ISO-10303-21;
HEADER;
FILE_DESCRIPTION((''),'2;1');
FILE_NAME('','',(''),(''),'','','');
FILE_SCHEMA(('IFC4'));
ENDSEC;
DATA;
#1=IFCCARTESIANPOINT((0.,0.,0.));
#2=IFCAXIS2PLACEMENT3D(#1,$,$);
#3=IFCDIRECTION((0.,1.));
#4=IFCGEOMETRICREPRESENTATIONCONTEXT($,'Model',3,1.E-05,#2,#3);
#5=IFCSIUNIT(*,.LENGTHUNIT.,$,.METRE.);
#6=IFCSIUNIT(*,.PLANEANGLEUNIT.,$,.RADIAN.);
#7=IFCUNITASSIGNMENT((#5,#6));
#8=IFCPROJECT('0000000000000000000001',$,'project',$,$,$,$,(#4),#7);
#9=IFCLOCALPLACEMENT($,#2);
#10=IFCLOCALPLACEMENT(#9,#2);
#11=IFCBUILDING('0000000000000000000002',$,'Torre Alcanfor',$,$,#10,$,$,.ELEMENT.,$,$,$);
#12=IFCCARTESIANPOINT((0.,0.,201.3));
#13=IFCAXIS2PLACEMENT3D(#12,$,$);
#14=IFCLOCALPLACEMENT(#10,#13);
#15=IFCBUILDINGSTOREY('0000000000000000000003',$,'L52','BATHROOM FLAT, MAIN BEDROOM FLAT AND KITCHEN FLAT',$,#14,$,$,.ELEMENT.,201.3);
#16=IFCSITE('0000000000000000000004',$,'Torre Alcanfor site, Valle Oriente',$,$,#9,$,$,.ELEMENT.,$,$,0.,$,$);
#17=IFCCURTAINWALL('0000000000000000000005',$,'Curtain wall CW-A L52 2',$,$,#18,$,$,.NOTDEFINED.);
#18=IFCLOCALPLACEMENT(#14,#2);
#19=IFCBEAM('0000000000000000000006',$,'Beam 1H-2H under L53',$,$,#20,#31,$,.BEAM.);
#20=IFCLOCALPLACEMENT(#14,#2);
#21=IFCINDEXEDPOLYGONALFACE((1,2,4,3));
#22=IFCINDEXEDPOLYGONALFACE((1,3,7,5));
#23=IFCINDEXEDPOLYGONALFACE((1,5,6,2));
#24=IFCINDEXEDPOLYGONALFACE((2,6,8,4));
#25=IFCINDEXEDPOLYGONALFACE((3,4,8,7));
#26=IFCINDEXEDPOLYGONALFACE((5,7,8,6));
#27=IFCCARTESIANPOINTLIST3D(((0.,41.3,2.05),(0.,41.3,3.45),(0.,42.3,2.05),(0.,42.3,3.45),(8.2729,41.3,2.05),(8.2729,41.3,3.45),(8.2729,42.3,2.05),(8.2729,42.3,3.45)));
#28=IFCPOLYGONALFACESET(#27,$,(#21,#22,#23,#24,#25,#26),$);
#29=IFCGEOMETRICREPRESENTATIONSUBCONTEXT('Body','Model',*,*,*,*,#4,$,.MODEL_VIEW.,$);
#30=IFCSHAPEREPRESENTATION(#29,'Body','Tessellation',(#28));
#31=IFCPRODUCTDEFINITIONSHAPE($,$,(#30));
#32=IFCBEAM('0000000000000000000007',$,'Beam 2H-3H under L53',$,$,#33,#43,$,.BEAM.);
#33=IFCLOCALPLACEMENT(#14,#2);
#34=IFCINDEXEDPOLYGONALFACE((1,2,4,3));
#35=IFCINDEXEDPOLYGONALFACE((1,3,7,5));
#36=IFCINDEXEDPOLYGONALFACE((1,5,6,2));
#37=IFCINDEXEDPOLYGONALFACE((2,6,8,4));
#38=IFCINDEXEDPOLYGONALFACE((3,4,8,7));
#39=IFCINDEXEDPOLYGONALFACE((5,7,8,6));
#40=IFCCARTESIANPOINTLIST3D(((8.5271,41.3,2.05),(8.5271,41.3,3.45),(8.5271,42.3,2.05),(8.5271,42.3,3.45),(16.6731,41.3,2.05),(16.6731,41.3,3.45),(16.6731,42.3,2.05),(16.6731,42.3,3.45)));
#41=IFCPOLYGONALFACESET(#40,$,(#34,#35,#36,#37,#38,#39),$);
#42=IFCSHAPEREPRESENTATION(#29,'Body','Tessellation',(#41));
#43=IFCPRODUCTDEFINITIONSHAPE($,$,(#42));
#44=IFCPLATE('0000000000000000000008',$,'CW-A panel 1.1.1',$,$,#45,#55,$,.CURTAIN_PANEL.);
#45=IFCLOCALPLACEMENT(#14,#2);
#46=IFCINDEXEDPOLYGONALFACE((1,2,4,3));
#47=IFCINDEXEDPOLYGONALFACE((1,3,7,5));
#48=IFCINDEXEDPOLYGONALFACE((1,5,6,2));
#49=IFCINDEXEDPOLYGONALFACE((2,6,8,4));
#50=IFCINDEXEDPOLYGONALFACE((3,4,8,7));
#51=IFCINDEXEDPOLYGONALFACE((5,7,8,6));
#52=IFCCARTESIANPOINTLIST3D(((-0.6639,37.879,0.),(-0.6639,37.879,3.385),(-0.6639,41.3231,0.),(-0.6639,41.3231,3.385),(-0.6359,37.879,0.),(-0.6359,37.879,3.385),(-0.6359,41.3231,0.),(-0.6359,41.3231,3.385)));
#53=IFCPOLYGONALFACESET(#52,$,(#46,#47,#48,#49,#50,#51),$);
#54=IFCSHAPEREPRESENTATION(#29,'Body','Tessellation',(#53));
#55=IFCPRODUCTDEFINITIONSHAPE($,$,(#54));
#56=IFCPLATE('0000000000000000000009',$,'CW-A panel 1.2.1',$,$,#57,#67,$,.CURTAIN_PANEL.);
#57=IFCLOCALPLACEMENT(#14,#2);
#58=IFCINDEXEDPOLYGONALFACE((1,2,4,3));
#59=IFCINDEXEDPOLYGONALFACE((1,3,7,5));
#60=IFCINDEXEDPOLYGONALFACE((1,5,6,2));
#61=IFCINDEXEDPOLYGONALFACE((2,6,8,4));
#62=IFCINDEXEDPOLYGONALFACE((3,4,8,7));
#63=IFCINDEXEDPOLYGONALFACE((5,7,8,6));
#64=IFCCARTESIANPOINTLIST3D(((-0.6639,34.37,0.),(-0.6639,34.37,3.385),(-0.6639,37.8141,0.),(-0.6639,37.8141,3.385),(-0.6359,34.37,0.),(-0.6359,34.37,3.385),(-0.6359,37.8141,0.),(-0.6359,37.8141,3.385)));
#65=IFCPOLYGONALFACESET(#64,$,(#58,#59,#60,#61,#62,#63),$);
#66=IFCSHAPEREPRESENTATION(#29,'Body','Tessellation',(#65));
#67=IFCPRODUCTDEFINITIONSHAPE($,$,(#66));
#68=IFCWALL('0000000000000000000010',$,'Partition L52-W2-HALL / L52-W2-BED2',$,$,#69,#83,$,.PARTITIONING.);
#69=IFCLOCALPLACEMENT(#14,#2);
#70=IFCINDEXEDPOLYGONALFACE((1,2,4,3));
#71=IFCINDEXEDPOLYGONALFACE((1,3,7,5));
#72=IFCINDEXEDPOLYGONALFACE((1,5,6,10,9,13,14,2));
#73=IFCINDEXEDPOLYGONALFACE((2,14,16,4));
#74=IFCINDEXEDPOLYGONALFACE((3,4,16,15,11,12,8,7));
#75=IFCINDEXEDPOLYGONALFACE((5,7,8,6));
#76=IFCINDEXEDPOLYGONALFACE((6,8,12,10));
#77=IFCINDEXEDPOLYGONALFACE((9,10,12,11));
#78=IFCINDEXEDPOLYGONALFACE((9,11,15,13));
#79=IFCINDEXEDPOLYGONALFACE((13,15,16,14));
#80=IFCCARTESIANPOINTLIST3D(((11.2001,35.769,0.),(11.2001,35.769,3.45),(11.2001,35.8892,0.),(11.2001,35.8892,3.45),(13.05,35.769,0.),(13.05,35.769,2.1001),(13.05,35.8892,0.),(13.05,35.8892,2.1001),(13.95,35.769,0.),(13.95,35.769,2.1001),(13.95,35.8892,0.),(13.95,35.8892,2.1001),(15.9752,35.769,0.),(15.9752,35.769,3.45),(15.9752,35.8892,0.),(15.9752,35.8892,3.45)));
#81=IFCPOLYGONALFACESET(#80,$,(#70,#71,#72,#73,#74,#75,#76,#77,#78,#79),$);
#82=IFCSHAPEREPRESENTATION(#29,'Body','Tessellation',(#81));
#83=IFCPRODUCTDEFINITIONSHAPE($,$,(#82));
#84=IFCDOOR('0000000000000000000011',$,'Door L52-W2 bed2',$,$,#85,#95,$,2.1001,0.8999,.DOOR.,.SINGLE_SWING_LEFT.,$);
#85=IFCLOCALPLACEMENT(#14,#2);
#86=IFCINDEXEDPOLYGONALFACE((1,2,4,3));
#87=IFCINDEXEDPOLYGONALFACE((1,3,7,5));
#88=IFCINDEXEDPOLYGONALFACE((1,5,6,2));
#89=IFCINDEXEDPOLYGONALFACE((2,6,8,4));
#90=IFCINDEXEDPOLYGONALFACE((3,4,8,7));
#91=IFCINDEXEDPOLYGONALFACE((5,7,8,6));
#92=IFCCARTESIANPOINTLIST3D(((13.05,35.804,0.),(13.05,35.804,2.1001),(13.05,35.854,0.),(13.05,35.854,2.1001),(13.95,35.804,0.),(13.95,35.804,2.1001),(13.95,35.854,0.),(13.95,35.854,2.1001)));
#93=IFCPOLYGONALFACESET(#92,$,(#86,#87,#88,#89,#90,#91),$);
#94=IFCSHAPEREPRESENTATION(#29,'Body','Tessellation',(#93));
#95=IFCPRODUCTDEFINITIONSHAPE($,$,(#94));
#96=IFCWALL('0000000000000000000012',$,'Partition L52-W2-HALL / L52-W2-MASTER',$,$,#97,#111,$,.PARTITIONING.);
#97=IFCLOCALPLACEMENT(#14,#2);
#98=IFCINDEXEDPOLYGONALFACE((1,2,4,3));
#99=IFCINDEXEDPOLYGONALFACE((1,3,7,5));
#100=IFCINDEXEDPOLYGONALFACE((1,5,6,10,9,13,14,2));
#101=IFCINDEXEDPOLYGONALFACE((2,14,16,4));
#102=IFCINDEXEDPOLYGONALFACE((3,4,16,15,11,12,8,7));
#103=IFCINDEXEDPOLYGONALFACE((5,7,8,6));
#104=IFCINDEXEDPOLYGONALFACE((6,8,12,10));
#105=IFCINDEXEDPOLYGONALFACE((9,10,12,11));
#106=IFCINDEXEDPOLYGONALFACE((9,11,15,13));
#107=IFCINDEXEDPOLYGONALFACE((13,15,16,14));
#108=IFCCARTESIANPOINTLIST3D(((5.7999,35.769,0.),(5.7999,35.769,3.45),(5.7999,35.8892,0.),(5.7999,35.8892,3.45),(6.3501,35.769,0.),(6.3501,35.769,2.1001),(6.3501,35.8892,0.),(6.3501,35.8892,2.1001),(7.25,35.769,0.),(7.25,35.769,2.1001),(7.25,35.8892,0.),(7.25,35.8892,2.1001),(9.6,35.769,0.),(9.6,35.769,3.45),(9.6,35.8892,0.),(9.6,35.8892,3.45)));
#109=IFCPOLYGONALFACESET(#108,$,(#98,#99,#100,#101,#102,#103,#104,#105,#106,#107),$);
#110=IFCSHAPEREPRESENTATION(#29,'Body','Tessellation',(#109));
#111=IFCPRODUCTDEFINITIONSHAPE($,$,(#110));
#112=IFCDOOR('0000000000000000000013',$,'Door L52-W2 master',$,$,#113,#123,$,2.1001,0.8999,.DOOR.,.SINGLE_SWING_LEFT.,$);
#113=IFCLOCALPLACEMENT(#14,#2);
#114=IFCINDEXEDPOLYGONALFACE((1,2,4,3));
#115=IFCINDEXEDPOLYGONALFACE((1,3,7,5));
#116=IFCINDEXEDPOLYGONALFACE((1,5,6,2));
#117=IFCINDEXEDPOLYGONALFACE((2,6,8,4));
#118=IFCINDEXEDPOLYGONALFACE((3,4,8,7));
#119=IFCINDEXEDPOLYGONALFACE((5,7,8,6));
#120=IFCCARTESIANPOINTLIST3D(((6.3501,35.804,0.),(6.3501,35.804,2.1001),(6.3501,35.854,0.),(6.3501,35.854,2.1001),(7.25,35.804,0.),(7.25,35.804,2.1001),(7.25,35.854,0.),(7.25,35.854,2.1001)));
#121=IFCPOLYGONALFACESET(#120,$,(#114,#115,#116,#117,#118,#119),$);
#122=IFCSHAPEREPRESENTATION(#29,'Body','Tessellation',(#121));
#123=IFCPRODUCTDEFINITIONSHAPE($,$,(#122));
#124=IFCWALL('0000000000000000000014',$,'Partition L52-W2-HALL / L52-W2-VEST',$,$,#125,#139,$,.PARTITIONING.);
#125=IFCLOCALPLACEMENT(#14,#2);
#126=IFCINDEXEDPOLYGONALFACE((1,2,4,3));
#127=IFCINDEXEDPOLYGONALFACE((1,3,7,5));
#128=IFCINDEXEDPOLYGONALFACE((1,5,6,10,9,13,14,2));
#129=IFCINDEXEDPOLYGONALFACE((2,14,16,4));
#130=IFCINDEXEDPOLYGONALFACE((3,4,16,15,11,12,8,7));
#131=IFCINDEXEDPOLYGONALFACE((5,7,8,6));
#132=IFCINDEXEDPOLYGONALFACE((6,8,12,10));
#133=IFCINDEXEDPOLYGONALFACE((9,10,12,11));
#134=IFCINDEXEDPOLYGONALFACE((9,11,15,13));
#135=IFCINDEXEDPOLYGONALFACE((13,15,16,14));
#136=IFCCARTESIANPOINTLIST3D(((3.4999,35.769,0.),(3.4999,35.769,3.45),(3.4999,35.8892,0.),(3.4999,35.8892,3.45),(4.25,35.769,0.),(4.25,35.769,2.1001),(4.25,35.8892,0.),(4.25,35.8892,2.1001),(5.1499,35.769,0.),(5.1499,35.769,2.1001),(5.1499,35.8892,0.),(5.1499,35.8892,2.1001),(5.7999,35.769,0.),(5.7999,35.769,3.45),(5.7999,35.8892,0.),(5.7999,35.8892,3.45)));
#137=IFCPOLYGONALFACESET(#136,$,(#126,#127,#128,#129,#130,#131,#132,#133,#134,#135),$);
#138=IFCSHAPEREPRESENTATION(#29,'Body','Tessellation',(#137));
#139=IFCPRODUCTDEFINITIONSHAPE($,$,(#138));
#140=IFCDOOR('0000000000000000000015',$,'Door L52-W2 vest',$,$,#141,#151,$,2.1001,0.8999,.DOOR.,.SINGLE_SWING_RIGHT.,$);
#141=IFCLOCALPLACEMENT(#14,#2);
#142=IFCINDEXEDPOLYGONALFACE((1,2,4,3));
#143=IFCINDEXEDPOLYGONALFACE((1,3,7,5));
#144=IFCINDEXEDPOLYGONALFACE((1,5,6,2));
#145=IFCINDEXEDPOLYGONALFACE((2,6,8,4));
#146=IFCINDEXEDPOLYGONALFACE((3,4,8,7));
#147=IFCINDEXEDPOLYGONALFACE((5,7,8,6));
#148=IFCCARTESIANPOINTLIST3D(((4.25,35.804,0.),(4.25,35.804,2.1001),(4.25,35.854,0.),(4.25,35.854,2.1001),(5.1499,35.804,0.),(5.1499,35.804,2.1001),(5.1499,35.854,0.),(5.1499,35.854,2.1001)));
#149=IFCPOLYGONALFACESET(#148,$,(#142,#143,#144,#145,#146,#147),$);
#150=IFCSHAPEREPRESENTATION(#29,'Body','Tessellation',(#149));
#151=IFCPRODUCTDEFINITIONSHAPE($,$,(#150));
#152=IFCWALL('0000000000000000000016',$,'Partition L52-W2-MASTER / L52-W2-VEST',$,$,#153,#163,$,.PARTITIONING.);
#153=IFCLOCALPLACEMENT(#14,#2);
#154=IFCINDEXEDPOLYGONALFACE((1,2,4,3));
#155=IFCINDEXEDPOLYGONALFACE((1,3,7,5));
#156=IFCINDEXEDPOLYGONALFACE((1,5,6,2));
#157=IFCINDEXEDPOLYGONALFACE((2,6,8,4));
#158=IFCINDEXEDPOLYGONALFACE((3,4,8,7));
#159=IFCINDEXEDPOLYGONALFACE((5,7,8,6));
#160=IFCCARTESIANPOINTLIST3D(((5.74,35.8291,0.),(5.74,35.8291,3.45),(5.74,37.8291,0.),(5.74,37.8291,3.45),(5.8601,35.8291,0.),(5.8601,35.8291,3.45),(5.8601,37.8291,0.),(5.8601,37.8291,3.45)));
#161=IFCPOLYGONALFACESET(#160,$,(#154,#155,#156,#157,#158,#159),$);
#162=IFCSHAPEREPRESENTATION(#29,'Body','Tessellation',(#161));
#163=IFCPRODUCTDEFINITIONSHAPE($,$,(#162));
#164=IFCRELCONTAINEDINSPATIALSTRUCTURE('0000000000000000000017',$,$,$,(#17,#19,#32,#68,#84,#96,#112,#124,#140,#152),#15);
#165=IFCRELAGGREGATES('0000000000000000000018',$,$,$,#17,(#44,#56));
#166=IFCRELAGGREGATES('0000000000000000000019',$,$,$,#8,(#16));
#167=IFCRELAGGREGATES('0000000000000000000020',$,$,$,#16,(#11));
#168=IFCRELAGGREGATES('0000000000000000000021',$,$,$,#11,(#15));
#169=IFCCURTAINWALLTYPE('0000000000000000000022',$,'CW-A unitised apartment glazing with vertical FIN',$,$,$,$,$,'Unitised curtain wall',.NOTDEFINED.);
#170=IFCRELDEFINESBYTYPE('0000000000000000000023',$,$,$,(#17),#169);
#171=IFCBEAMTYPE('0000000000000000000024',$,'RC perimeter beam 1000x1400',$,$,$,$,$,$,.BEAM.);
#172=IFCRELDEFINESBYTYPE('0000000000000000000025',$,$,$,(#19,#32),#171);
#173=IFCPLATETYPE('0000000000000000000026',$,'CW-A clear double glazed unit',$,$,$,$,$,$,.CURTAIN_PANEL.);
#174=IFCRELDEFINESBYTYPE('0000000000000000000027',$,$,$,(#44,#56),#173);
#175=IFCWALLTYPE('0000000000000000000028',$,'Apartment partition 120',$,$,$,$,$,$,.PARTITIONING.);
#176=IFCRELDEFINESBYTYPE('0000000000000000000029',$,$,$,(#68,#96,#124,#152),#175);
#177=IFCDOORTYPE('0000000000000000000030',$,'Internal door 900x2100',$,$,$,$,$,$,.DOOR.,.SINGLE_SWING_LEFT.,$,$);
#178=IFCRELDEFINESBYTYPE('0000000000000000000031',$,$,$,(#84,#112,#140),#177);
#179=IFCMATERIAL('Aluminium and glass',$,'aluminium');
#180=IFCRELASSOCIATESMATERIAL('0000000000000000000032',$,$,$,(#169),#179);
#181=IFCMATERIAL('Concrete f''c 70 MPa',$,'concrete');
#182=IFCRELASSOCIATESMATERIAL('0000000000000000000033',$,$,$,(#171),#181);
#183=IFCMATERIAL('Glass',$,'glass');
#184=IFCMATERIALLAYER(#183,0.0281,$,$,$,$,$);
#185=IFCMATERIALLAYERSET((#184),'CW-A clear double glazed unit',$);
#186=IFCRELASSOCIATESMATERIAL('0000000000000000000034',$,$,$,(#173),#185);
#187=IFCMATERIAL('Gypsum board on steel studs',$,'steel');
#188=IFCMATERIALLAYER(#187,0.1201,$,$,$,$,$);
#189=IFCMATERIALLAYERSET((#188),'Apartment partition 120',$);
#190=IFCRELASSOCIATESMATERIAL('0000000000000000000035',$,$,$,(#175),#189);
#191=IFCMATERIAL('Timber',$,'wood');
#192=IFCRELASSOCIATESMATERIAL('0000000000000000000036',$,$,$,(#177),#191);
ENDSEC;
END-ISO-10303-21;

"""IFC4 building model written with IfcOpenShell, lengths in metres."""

from ifc_helpers import new_model, si_unit, direction, frame, frame_2d, origin, origin_2d, place, context, subcontext, project, spatial, rectangle, extrude, material, layer, layer_set, material_profile, profile_set, type_object, element, fill, aggregate, save


model = new_model("IFC4")

# Units and contexts
model_context = context("Model", 3, precision=1e-05, world=origin(), true_north=direction((0.0, 1.0)))
body_context = subcontext(model_context, "Body", "Model", "MODEL_VIEW")
ifc_project = project(units=[si_unit("LENGTHUNIT", "METRE"), si_unit("PLANEANGLEUNIT", "RADIAN")], contexts=[model_context])

# Site, building, storey
site_placement = place(None, origin())
site = spatial("IfcSite", under=ifc_project, at=site_placement, Name="Torre Alcanfor site, Valle Oriente", CompositionType="ELEMENT", RefElevation=0.0)
building_placement = place(site_placement, origin())
building = spatial("IfcBuilding", under=site, at=building_placement, Name="Torre Alcanfor", CompositionType="ELEMENT")
storey_placement = place(building_placement, frame((0.0, 0.0, 201.3)))
storey = spatial("IfcBuildingStorey", under=building, at=storey_placement, Name="L52", Description="BATHROOM FLAT, MAIN BEDROOM FLAT AND KITCHEN FLAT", CompositionType="ELEMENT", Elevation=201.3)

# Curtain wall
ifc_material_1 = material(Name="Aluminium and glass", Category="aluminium")
curtain_wall_type = type_object("IfcCurtainWallType", Name="CW-A unitised apartment glazing with vertical FIN", ElementType="Unitised curtain wall", PredefinedType="NOTDEFINED", material=ifc_material_1)
curtain_wall_placement = place(storey_placement, origin())
curtain_wall = element("IfcCurtainWall", 1, at=curtain_wall_placement, inside=storey, type_object=curtain_wall_type, Name="Curtain wall CW-A L52 2", PredefinedType="NOTDEFINED")

# Beams
ifc_material_2 = material(Name="Concrete f'c 70 MPa", Category="concrete")
ifc_material_profile_1 = material_profile(ifc_material_2, rectangle(XDim=1.0, YDim=1.3999, at=origin_2d()), Name="1000x1400")
ifc_profile_set_1 = profile_set([ifc_material_profile_1], Name="Concrete f'c 70 MPa")
beam_type_1 = type_object("IfcBeamType", Name="RC perimeter beam 1000x1400", PredefinedType="BEAM", material=ifc_profile_set_1)
beam_1_placement = place(storey_placement, frame((0.0, 41.8, 2.75), z_axis=(1.0, 0.0, 0.0), x_axis=(0.0, 1.0, 0.0)))
element("IfcBeam", 2, at=beam_1_placement, inside=storey, type_object=beam_type_1, Name="Beam 1H-2H under L53", PredefinedType="BEAM", context=body_context, shape_type="SweptSolid", body=[
    extrude(rectangle(XDim=1.0, YDim=1.3999, at=origin_2d()), origin(), (0.0, 0.0, 1.0), 8.2729),
])
beam_2_placement = place(storey_placement, frame((8.5271, 41.8, 2.75), z_axis=(1.0, 0.0, 0.0), x_axis=(0.0, 1.0, 0.0)))
element("IfcBeam", 3, at=beam_2_placement, inside=storey, type_object=beam_type_1, Name="Beam 2H-3H under L53", PredefinedType="BEAM", context=body_context, shape_type="SweptSolid", body=[
    extrude(rectangle(XDim=1.0, YDim=1.3999, at=origin_2d()), origin(), (0.0, 0.0, 1.0), 8.146),
])

# Plates
ifc_material_3 = material(Name="Glass", Category="glass")
ifc_layer_1 = layer(ifc_material_3, 0.0281)
ifc_layer_set_1 = layer_set([ifc_layer_1], Name="CW-A clear double glazed unit")
plate_type = type_object("IfcPlateType", Name="CW-A clear double glazed unit", PredefinedType="CURTAIN_PANEL", material=ifc_layer_set_1)
plate_1_placement = place(storey_placement, frame((-0.6499, 39.6011, 0.0), z_axis=(0.0, 0.0, 1.0), x_axis=(0.0, -1.0, 0.0)))
plate_1 = element("IfcPlate", 4, at=plate_1_placement, type_object=plate_type, Name="CW-A panel 1.1.1", PredefinedType="CURTAIN_PANEL", context=body_context, shape_type="SweptSolid", body=[
    extrude(rectangle(XDim=3.4441, YDim=0.0281, at=origin_2d()), origin(), (0.0, 0.0, 1.0), 3.385),
])
plate_2_placement = place(storey_placement, frame((-0.6499, 36.092, 0.0), z_axis=(0.0, 0.0, 1.0), x_axis=(0.0, -1.0, 0.0)))
plate_2 = element("IfcPlate", 5, at=plate_2_placement, type_object=plate_type, Name="CW-A panel 1.2.1", PredefinedType="CURTAIN_PANEL", context=body_context, shape_type="SweptSolid", body=[
    extrude(rectangle(XDim=3.4441, YDim=0.0281, at=origin_2d()), origin(), (0.0, 0.0, 1.0), 3.385),
])
aggregate(curtain_wall, [plate_1, plate_2])

# Walls, openings, doors
ifc_material_4 = material(Name="Gypsum board on steel studs", Category="steel")
ifc_layer_2 = layer(ifc_material_4, 0.1201)
ifc_layer_set_2 = layer_set([ifc_layer_2], Name="Apartment partition 120")
wall_type_1 = type_object("IfcWallType", Name="Apartment partition 120", PredefinedType="PARTITIONING", material=ifc_layer_set_2)
wall_1_placement = place(storey_placement, frame((11.2, 35.8291, 0.0), z_axis=(0.0, 0.0, 1.0), x_axis=(1.0, 0.0, 0.0)))
wall_1 = element("IfcWall", 6, at=wall_1_placement, inside=storey, type_object=wall_type_1, Name="Partition L52-W2-HALL / L52-W2-BED2", PredefinedType="PARTITIONING", context=body_context, shape_type="SweptSolid", body=[
    extrude(rectangle(XDim=4.7751, YDim=0.1201, at=frame_2d((2.3877, 0.0))), origin(), (0.0, 0.0, 1.0), 3.45),
])
opening_1_placement = place(wall_1_placement, frame((1.8501, 0.0, 0.0)))
opening_1 = element("IfcOpeningElement", 7, at=opening_1_placement, cuts=wall_1, PredefinedType="OPENING", context=body_context, shape_type="SweptSolid", body=[
    extrude(rectangle(XDim=0.8999, YDim=2.1001, at=frame_2d((0.45, 1.05))), frame((0.0, 0.0701, 0.0), z_axis=(0.0, -1.0, 0.0), x_axis=(1.0, 0.0, 0.0)), (0.0, 0.0, 1.0), 0.1401),
])
ifc_material_5 = material(Name="Timber", Category="wood")
door_type_1 = type_object("IfcDoorType", Name="Internal door 900x2100", OperationType="SINGLE_SWING_LEFT", PredefinedType="DOOR", material=ifc_material_5)
door_1_placement = place(opening_1_placement, origin())
door_1 = element("IfcDoor", 8, at=door_1_placement, inside=storey, type_object=door_type_1, Name="Door L52-W2 bed2", OperationType="SINGLE_SWING_LEFT", OverallHeight=2.1001, OverallWidth=0.8999, PredefinedType="DOOR", context=body_context, shape_type="SweptSolid", body=[
    extrude(rectangle(XDim=0.8999, YDim=2.1001, at=frame_2d((0.45, 1.05))), frame((0.0, 0.0249, 0.0), z_axis=(0.0, -1.0, 0.0), x_axis=(1.0, 0.0, 0.0)), (0.0, 0.0, 1.0), 0.05),
])
fill(opening_1, door_1)
wall_2_placement = place(storey_placement, frame((5.8, 35.8291, 0.0), z_axis=(0.0, 0.0, 1.0), x_axis=(1.0, 0.0, 0.0)))
wall_2 = element("IfcWall", 9, at=wall_2_placement, inside=storey, type_object=wall_type_1, Name="Partition L52-W2-HALL / L52-W2-MASTER", PredefinedType="PARTITIONING", context=body_context, shape_type="SweptSolid", body=[
    extrude(rectangle(XDim=3.8, YDim=0.1201, at=frame_2d((1.8999, 0.0))), origin(), (0.0, 0.0, 1.0), 3.45),
])
opening_2_placement = place(wall_2_placement, frame((0.55, 0.0, 0.0)))
opening_2 = element("IfcOpeningElement", 10, at=opening_2_placement, cuts=wall_2, PredefinedType="OPENING", context=body_context, shape_type="SweptSolid", body=[
    extrude(rectangle(XDim=0.8999, YDim=2.1001, at=frame_2d((0.45, 1.05))), frame((0.0, 0.0701, 0.0), z_axis=(0.0, -1.0, 0.0), x_axis=(1.0, 0.0, 0.0)), (0.0, 0.0, 1.0), 0.1401),
])
door_2_placement = place(opening_2_placement, origin())
door_2 = element("IfcDoor", 11, at=door_2_placement, inside=storey, type_object=door_type_1, Name="Door L52-W2 master", OperationType="SINGLE_SWING_LEFT", OverallHeight=2.1001, OverallWidth=0.8999, PredefinedType="DOOR", context=body_context, shape_type="SweptSolid", body=[
    extrude(rectangle(XDim=0.8999, YDim=2.1001, at=frame_2d((0.45, 1.05))), frame((0.0, 0.0249, 0.0), z_axis=(0.0, -1.0, 0.0), x_axis=(1.0, 0.0, 0.0)), (0.0, 0.0, 1.0), 0.05),
])
fill(opening_2, door_2)
wall_3_placement = place(storey_placement, frame((3.5, 35.8291, 0.0), z_axis=(0.0, 0.0, 1.0), x_axis=(1.0, 0.0, 0.0)))
wall_3 = element("IfcWall", 12, at=wall_3_placement, inside=storey, type_object=wall_type_1, Name="Partition L52-W2-HALL / L52-W2-VEST", PredefinedType="PARTITIONING", context=body_context, shape_type="SweptSolid", body=[
    extrude(rectangle(XDim=2.3, YDim=0.1201, at=frame_2d((1.1499, 0.0))), origin(), (0.0, 0.0, 1.0), 3.45),
])
opening_3_placement = place(wall_3_placement, frame((0.75, 0.0, 0.0)))
opening_3 = element("IfcOpeningElement", 13, at=opening_3_placement, cuts=wall_3, PredefinedType="OPENING", context=body_context, shape_type="SweptSolid", body=[
    extrude(rectangle(XDim=0.8999, YDim=2.1001, at=frame_2d((0.45, 1.05))), frame((0.0, 0.0701, 0.0), z_axis=(0.0, -1.0, 0.0), x_axis=(1.0, 0.0, 0.0)), (0.0, 0.0, 1.0), 0.1401),
])
door_3_placement = place(opening_3_placement, origin())
door_3 = element("IfcDoor", 14, at=door_3_placement, inside=storey, type_object=door_type_1, Name="Door L52-W2 vest", OperationType="SINGLE_SWING_RIGHT", OverallHeight=2.1001, OverallWidth=0.8999, PredefinedType="DOOR", context=body_context, shape_type="SweptSolid", body=[
    extrude(rectangle(XDim=0.8999, YDim=2.1001, at=frame_2d((0.45, 1.05))), frame((0.0, 0.0249, 0.0), z_axis=(0.0, -1.0, 0.0), x_axis=(1.0, 0.0, 0.0)), (0.0, 0.0, 1.0), 0.05),
])
fill(opening_3, door_3)

# Wall
wall_4_placement = place(storey_placement, frame((5.8, 35.8291, 0.0), z_axis=(0.0, 0.0, 1.0), x_axis=(0.0, 1.0, 0.0)))
element("IfcWall", 15, at=wall_4_placement, inside=storey, type_object=wall_type_1, Name="Partition L52-W2-MASTER / L52-W2-VEST", PredefinedType="PARTITIONING", context=body_context, shape_type="SweptSolid", body=[
    extrude(rectangle(XDim=2.0, YDim=0.1201, at=frame_2d((1.0, 0.0))), origin(), (0.0, 0.0, 1.0), 3.45),
])

save(model, "model.ifc")
